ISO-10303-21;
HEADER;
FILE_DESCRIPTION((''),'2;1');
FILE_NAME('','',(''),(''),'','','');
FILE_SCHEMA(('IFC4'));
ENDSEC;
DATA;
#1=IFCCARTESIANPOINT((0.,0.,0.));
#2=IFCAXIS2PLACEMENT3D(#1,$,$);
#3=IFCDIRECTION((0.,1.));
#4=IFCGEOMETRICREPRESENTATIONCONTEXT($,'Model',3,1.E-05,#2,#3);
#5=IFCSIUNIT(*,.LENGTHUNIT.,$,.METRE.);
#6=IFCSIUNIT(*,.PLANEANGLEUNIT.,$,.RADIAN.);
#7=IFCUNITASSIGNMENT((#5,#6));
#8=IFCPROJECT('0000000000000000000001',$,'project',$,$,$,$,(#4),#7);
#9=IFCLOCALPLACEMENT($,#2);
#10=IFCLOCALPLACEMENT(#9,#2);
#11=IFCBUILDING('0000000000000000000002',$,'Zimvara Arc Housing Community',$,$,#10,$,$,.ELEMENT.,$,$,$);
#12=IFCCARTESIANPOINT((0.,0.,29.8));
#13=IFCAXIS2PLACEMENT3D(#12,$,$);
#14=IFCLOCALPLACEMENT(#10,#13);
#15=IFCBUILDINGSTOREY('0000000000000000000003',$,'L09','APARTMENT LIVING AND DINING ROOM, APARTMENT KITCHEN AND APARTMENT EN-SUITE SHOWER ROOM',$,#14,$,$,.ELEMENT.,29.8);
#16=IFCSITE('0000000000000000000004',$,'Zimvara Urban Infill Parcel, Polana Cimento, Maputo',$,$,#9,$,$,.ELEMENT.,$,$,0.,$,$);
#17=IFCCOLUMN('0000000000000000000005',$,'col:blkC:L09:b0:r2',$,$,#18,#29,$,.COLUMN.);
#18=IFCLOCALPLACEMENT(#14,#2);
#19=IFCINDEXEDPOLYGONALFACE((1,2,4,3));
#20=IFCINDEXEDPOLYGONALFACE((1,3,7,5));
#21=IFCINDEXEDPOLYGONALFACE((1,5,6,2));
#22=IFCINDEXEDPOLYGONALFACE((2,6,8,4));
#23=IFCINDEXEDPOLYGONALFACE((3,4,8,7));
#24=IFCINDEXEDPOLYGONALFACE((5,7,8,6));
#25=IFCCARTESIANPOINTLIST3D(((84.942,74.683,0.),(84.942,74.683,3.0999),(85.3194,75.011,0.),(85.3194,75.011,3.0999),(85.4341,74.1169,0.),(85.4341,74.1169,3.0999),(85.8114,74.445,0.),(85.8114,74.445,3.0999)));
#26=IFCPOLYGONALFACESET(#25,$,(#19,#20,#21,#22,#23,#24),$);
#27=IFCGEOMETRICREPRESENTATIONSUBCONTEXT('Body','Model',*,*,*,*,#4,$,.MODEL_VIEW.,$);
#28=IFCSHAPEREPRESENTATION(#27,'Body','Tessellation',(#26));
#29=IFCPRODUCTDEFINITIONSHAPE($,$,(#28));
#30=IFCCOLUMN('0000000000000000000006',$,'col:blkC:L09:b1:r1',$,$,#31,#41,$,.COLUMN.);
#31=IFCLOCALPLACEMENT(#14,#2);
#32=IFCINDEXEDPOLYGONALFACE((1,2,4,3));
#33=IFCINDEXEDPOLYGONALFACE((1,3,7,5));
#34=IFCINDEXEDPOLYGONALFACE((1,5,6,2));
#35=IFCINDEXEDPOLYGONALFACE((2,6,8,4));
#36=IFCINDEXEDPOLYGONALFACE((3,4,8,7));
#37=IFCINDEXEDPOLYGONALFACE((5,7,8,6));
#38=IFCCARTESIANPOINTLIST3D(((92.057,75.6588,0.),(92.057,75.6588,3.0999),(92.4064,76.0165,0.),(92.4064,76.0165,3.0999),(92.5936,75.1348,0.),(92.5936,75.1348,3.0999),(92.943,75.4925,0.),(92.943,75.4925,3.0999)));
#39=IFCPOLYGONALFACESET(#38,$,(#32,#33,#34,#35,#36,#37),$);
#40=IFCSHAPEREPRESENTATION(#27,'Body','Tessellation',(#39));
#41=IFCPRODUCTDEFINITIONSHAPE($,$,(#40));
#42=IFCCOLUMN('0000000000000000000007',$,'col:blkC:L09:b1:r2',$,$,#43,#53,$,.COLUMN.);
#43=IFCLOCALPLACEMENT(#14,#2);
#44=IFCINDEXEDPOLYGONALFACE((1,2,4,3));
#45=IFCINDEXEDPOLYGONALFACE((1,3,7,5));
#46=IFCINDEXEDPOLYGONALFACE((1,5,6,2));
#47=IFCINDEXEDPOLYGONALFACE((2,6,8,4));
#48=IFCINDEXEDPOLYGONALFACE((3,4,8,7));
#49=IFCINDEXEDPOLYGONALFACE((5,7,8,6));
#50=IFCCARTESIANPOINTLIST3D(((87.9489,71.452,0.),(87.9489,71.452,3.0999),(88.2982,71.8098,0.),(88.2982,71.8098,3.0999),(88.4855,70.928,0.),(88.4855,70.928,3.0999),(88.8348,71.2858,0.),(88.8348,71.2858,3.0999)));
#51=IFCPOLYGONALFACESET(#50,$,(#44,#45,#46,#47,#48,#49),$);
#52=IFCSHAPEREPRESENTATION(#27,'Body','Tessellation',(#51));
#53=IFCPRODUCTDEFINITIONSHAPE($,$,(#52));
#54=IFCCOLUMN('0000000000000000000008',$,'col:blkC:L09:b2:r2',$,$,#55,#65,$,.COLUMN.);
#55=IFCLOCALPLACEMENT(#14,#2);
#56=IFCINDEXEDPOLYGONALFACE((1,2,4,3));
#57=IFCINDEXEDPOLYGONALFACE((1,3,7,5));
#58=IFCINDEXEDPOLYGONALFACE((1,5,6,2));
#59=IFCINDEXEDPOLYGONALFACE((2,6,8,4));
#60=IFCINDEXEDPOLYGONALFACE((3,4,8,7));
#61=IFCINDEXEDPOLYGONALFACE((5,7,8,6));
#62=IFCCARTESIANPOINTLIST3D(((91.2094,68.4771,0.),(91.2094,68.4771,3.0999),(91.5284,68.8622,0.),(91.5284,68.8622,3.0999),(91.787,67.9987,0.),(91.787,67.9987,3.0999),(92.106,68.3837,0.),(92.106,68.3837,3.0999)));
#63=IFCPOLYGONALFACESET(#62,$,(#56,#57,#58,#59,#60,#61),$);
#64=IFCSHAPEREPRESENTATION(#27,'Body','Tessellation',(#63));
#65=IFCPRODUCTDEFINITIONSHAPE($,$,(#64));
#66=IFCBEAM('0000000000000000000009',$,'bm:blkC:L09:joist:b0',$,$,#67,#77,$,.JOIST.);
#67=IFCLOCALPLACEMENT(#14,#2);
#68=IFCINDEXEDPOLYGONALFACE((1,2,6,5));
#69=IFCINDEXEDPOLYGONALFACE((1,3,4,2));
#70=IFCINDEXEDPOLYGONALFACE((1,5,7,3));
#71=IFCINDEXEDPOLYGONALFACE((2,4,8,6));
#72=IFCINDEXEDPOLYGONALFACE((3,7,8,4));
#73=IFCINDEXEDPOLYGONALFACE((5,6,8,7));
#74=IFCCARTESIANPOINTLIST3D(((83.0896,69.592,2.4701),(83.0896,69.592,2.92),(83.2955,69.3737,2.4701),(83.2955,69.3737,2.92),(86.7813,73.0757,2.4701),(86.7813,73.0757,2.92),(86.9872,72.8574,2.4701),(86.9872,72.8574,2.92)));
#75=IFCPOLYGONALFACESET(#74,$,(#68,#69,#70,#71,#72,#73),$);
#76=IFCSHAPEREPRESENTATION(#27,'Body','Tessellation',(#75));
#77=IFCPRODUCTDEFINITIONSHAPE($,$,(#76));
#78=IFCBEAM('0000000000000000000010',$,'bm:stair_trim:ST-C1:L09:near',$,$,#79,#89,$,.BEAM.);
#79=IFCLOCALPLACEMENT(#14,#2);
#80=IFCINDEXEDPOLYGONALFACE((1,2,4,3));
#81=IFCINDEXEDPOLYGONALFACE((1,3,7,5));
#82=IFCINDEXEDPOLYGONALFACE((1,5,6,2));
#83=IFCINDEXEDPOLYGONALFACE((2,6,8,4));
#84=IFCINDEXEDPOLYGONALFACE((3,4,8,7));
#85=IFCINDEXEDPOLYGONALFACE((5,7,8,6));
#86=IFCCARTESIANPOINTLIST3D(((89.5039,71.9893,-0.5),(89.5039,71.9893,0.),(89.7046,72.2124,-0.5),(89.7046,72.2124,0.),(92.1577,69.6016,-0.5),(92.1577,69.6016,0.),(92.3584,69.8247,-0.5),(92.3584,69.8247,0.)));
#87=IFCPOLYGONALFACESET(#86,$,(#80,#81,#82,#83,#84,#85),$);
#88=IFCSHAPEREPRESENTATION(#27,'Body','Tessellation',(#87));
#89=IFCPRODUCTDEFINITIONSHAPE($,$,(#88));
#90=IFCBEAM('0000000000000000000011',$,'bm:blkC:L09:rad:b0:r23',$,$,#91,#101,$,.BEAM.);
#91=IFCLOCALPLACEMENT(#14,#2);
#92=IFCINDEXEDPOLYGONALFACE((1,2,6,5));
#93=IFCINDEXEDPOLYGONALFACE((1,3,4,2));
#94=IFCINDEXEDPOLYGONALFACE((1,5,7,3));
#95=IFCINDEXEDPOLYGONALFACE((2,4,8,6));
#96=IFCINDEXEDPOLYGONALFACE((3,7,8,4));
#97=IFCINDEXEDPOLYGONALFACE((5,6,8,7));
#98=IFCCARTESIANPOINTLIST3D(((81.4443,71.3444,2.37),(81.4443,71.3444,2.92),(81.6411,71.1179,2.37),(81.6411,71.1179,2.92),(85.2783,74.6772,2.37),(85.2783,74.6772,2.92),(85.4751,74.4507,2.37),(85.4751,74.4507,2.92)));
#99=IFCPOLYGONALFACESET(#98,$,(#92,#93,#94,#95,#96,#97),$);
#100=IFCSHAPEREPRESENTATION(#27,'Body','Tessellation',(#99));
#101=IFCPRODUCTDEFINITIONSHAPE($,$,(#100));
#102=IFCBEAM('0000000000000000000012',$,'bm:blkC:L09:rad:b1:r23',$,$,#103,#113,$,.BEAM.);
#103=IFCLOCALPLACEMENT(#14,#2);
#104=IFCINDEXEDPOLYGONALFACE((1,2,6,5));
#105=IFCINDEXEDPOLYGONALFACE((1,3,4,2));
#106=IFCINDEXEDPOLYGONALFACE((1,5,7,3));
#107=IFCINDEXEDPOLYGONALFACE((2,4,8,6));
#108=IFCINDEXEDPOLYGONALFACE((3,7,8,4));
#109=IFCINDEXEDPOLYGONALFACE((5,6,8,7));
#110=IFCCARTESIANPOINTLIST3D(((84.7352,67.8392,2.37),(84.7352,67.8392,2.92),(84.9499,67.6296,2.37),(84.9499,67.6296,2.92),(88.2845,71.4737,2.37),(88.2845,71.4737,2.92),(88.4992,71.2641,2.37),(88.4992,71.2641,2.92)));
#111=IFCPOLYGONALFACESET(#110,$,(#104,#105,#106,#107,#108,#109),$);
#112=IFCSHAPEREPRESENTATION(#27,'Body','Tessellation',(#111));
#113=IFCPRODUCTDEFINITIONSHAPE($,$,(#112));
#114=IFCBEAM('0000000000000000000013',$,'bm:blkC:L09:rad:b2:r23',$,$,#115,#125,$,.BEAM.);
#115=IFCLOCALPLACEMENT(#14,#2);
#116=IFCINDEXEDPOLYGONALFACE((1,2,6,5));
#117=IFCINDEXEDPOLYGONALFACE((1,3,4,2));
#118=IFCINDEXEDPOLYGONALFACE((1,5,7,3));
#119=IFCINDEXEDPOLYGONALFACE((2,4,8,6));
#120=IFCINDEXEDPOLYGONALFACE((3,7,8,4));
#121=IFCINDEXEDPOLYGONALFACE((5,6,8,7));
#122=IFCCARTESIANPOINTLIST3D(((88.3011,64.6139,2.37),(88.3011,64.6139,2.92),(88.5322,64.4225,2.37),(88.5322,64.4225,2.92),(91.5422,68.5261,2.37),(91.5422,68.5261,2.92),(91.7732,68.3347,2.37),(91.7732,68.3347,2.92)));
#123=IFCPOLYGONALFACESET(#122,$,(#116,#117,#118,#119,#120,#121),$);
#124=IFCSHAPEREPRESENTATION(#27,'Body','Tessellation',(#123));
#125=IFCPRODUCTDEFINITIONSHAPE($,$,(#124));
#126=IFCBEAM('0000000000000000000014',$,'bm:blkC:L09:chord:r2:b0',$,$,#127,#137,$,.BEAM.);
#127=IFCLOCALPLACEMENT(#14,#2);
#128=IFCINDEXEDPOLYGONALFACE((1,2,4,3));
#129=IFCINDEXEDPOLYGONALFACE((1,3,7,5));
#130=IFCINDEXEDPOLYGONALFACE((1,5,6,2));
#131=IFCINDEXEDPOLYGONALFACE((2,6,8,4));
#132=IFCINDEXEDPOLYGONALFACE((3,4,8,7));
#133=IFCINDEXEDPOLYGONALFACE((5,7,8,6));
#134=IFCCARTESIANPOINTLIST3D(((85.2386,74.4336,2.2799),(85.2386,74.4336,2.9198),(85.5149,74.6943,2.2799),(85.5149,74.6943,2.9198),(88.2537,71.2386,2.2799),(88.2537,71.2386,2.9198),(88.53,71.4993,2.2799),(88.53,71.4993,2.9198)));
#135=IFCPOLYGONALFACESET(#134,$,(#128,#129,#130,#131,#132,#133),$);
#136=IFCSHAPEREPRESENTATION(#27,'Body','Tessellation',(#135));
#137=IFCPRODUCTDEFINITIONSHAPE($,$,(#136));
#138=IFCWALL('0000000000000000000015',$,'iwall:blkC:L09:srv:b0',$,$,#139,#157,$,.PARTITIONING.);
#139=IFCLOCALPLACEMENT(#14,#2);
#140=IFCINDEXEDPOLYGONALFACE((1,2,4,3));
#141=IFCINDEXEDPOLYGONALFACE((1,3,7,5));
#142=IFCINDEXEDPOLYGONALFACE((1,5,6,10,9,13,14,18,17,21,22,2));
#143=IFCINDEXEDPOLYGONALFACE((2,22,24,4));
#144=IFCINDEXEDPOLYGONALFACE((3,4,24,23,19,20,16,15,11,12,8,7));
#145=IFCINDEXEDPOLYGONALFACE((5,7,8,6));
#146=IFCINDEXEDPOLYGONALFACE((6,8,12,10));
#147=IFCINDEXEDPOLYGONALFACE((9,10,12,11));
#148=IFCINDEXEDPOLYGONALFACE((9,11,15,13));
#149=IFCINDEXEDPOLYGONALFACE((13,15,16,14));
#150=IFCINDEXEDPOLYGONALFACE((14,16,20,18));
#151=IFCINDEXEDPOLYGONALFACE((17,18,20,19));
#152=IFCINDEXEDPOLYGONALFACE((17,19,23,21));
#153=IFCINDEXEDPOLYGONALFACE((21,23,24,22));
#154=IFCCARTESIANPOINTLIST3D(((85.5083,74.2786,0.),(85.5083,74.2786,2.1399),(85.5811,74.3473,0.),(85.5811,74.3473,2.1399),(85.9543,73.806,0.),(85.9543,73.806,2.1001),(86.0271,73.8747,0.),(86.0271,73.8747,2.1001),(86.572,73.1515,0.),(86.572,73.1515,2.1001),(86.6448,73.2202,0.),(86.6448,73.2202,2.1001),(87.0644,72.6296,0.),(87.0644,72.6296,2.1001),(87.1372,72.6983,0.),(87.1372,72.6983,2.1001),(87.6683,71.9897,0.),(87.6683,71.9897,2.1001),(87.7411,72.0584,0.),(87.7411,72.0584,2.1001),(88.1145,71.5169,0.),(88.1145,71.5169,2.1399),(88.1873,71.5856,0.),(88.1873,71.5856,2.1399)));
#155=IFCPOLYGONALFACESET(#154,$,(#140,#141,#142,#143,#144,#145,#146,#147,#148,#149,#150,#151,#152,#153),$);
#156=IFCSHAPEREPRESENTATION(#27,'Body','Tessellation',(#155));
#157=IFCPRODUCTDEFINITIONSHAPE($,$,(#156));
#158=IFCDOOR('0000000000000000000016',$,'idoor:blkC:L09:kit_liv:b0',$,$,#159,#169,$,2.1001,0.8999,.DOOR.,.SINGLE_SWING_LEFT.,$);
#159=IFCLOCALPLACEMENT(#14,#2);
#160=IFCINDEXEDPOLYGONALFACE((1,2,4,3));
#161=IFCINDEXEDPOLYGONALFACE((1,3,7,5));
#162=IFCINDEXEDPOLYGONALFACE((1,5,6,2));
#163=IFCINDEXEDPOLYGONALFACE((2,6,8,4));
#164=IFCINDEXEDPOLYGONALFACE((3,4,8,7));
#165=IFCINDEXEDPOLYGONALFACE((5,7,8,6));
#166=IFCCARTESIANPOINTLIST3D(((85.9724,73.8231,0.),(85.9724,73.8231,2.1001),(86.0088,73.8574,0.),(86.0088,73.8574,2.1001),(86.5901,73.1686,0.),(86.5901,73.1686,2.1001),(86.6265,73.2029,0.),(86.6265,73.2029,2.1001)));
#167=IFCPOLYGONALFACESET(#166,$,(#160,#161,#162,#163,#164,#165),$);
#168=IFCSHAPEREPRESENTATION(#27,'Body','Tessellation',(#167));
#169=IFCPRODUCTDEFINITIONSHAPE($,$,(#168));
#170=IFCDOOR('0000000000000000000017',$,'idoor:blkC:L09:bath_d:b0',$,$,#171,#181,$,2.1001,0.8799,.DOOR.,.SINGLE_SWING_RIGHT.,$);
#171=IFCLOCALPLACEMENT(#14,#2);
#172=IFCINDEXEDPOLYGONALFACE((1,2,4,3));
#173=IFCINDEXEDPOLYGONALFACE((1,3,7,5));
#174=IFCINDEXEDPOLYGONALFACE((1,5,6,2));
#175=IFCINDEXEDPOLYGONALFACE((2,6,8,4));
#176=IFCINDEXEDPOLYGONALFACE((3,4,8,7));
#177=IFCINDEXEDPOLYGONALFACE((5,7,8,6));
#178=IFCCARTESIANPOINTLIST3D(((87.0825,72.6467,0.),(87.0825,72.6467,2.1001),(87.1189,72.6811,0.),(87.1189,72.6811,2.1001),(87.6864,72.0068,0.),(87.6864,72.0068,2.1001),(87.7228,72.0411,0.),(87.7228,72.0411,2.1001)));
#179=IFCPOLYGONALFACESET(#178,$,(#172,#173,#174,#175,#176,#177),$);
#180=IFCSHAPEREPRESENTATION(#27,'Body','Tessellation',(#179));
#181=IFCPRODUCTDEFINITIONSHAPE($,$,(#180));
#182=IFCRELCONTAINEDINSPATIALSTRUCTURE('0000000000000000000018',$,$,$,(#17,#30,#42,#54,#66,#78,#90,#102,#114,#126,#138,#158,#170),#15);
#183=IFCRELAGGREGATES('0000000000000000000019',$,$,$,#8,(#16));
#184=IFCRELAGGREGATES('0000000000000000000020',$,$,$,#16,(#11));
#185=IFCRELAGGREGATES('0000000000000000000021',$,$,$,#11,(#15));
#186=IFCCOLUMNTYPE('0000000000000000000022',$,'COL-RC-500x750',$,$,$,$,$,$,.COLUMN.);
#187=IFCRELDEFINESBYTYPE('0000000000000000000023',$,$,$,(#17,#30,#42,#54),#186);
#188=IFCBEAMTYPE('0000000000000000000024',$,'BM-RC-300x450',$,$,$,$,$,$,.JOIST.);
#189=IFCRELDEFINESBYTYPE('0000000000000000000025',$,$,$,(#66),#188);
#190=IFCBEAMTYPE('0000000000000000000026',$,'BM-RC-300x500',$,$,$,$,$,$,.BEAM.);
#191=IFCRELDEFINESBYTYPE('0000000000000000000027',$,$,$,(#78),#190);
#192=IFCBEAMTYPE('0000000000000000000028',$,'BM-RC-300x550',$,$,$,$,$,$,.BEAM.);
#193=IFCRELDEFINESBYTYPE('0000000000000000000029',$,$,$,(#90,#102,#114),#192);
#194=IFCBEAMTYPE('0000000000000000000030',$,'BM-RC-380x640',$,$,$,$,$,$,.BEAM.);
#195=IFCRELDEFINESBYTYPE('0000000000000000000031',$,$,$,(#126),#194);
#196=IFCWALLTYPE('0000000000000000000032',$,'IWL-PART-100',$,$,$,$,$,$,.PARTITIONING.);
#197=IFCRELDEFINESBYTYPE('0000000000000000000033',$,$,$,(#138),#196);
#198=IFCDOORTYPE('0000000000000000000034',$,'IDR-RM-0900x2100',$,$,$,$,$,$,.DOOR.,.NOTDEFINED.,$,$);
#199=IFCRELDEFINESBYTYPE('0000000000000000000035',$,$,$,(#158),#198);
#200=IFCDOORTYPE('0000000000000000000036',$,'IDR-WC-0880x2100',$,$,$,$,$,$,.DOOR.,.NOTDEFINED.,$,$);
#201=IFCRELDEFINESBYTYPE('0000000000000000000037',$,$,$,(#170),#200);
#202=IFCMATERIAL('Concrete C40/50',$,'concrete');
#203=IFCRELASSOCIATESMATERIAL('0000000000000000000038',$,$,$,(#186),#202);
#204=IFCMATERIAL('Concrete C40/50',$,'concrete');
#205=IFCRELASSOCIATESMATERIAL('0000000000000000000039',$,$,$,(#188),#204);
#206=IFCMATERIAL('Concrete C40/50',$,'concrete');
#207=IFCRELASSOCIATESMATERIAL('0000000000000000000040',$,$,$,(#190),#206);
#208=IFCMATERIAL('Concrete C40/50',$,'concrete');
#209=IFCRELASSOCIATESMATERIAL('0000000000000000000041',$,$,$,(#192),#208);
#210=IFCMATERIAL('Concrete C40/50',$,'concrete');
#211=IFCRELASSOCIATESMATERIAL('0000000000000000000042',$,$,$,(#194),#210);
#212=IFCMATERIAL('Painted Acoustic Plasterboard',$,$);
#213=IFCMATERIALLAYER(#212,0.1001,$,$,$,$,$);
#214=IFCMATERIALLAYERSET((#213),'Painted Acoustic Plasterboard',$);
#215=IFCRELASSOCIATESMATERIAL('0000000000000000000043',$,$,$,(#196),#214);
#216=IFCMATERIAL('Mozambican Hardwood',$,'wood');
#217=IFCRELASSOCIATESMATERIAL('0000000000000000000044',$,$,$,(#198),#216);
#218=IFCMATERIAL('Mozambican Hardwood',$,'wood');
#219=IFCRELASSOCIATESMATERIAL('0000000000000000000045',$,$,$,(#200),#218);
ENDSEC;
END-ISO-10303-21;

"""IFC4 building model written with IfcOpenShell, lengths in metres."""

from ifc_helpers import new_model, si_unit, direction, frame, frame_2d, origin, origin_2d, place, context, subcontext, project, spatial, rectangle, extrude, material, layer, layer_set, material_profile, profile_set, type_object, element, fill, save


model = new_model("IFC4")

# Units and contexts
model_context = context("Model", 3, precision=1e-05, world=origin(), true_north=direction((0.0, 1.0)))
body_context = subcontext(model_context, "Body", "Model", "MODEL_VIEW")
ifc_project = project(units=[si_unit("LENGTHUNIT", "METRE"), si_unit("PLANEANGLEUNIT", "RADIAN")], contexts=[model_context])

# Site, building, storey
site_placement = place(None, origin())
site = spatial("IfcSite", under=ifc_project, at=site_placement, Name="Zimvara Urban Infill Parcel, Polana Cimento, Maputo", CompositionType="ELEMENT", RefElevation=0.0)
building_placement = place(site_placement, origin())
building = spatial("IfcBuilding", under=site, at=building_placement, Name="Zimvara Arc Housing Community", CompositionType="ELEMENT")
storey_placement = place(building_placement, frame((0.0, 0.0, 29.8)))
storey = spatial("IfcBuildingStorey", under=building, at=storey_placement, Name="L09", Description="APARTMENT LIVING AND DINING ROOM, APARTMENT KITCHEN AND APARTMENT EN-SUITE SHOWER ROOM", CompositionType="ELEMENT", Elevation=29.8)

# Columns
ifc_material_1 = material(Name="Concrete C40/50", Category="concrete")
ifc_material_profile_1 = material_profile(ifc_material_1, rectangle(XDim=0.5, YDim=0.75, at=origin_2d()), Name="RC 500x750")
ifc_profile_set_1 = profile_set([ifc_material_profile_1], Name="Concrete C40/50")
column_type = type_object("IfcColumnType", Name="COL-RC-500x750", PredefinedType="COLUMN", material=ifc_profile_set_1)
for number, where, z_axis, x_axis, name in (
    (1, (85.3767, 74.564, 0.0), (0.0, 0.0, 1.0), (-0.75471, -0.656059, 0.0), "col:blkC:L09:b0:r2"),
    (2, (92.5, 75.5757, 0.0), (0.0, 0.0, 1.0), (-0.698665, -0.715449, 0.0), "col:blkC:L09:b1:r1"),
    (3, (88.3918, 71.3689, 0.0), (0.0, 0.0, 1.0), (-0.698665, -0.715449, 0.0), "col:blkC:L09:b1:r2"),
    (4, (91.6577, 68.4304, 0.0), (0.0, 0.0, 1.0), (-0.637962, -0.770068, 0.0), "col:blkC:L09:b2:r2"),
):
    element("IfcColumn", number, at=place(storey_placement, frame(where, z_axis=z_axis, x_axis=x_axis)), inside=storey, type_object=column_type, Name=name, PredefinedType="COLUMN", context=body_context, shape_type="SweptSolid", body=[
        extrude(rectangle(XDim=0.5, YDim=0.75, at=origin_2d()), origin(), (0.0, 0.0, 1.0), 3.0999),
    ])

# Beams
ifc_material_2 = material(Name="Concrete C40/50", Category="concrete")
ifc_material_profile_2 = material_profile(ifc_material_2, rectangle(XDim=0.3, YDim=0.45, at=origin_2d()), Name="RC 300x450")
ifc_profile_set_2 = profile_set([ifc_material_profile_2], Name="Concrete C40/50")
beam_type_1 = type_object("IfcBeamType", Name="BM-RC-300x450", PredefinedType="JOIST", material=ifc_profile_set_2)
beam_1_placement = place(storey_placement, frame((86.8843, 72.9666, 2.6951), z_axis=(-0.7273, -0.68632, 0.0), x_axis=(0.68632, -0.7273, 0.0)))
element("IfcBeam", 5, at=beam_1_placement, inside=storey, type_object=beam_type_1, Name="bm:blkC:L09:joist:b0", PredefinedType="JOIST", context=body_context, shape_type="SweptSolid", body=[
    extrude(rectangle(XDim=0.3, YDim=0.45, at=origin_2d()), origin(), (0.0, 0.0, 1.0), 5.0759),
])
ifc_material_3 = material(Name="Concrete C40/50", Category="concrete")
ifc_material_profile_3 = material_profile(ifc_material_3, rectangle(XDim=0.3, YDim=0.5, at=origin_2d()), Name="RC 300x500")
ifc_profile_set_3 = profile_set([ifc_material_profile_3], Name="Concrete C40/50")
beam_type_2 = type_object("IfcBeamType", Name="BM-RC-300x500", PredefinedType="BEAM", material=ifc_profile_set_3)
beam_2_placement = place(storey_placement, frame((89.6042, 72.1008, -0.25), z_axis=(0.743396, -0.668851, 0.0), x_axis=(0.668851, 0.743396, 0.0)))
element("IfcBeam", 6, at=beam_2_placement, inside=storey, type_object=beam_type_2, Name="bm:stair_trim:ST-C1:L09:near", PredefinedType="BEAM", context=body_context, shape_type="SweptSolid", body=[
    extrude(rectangle(XDim=0.3, YDim=0.5, at=origin_2d()), origin(), (0.0, 0.0, 1.0), 3.5698),
])
ifc_material_4 = material(Name="Concrete C40/50", Category="concrete")
ifc_material_profile_4 = material_profile(ifc_material_4, rectangle(XDim=0.3, YDim=0.55, at=origin_2d()), Name="RC 300x550")
ifc_profile_set_4 = profile_set([ifc_material_profile_4], Name="Concrete C40/50")
beam_type_3 = type_object("IfcBeamType", Name="BM-RC-300x550", PredefinedType="BEAM", material=ifc_profile_set_4)
for number, where, z_axis, x_axis, name in (
    (7, (85.3767, 74.564, 2.645), (-0.754716, -0.656051, 0.0), (0.656051, -0.754716, 0.0), "bm:blkC:L09:rad:b0:r23"),
    (8, (88.3918, 71.3689, 2.645), (-0.698671, -0.715443, 0.0), (0.715443, -0.698671, 0.0), "bm:blkC:L09:rad:b1:r23"),
):
    element("IfcBeam", number, at=place(storey_placement, frame(where, z_axis=z_axis, x_axis=x_axis)), inside=storey, type_object=beam_type_3, Name=name, PredefinedType="BEAM", context=body_context, shape_type="SweptSolid", body=[
        extrude(rectangle(XDim=0.3, YDim=0.55, at=origin_2d()), origin(), (0.0, 0.0, 1.0), 5.0801),
    ])
beam_3_placement = place(storey_placement, frame((91.6577, 68.4304, 2.645), z_axis=(-0.63796, -0.770069, 0.0), x_axis=(0.770069, -0.63796, 0.0)))
element("IfcBeam", 9, at=beam_3_placement, inside=storey, type_object=beam_type_3, Name="bm:blkC:L09:rad:b2:r23", PredefinedType="BEAM", context=body_context, shape_type="SweptSolid", body=[
    extrude(rectangle(XDim=0.3, YDim=0.55, at=origin_2d()), origin(), (0.0, 0.0, 1.0), 5.0803),
])
ifc_material_5 = material(Name="Concrete C40/50", Category="concrete")
ifc_material_profile_5 = material_profile(ifc_material_5, rectangle(XDim=0.3799, YDim=0.6399, at=origin_2d()), Name="RC 380x640")
ifc_profile_set_5 = profile_set([ifc_material_profile_5], Name="Concrete C40/50")
beam_type_4 = type_object("IfcBeamType", Name="BM-RC-380x640", PredefinedType="BEAM", material=ifc_profile_set_5)
beam_4_placement = place(storey_placement, frame((85.3767, 74.564, 2.5999), z_axis=(0.686331, -0.727289, 0.0), x_axis=(0.727289, 0.686331, 0.0)))
element("IfcBeam", 10, at=beam_4_placement, inside=storey, type_object=beam_type_4, Name="bm:blkC:L09:chord:r2:b0", PredefinedType="BEAM", context=body_context, shape_type="SweptSolid", body=[
    extrude(rectangle(XDim=0.3799, YDim=0.6399, at=origin_2d()), origin(), (0.0, 0.0, 1.0), 4.3931),
])

# Wall, openings, doors
ifc_material_6 = material(Name="Painted Acoustic Plasterboard")
ifc_layer_1 = layer(ifc_material_6, 0.1001)
ifc_layer_set_1 = layer_set([ifc_layer_1], Name="Painted Acoustic Plasterboard")
wall_type_1 = type_object("IfcWallType", Name="IWL-PART-100", PredefinedType="PARTITIONING", material=ifc_layer_set_1)
wall_1_placement = place(storey_placement, frame((85.5447, 74.313, 0.0), z_axis=(0.0, 0.0, 1.0), x_axis=(0.686333, -0.727288, 0.0)))
wall_1 = element("IfcWall", 11, at=wall_1_placement, inside=storey, type_object=wall_type_1, Name="iwall:blkC:L09:srv:b0", PredefinedType="PARTITIONING", context=body_context, shape_type="SweptSolid", body=[
    extrude(rectangle(XDim=3.7974, YDim=0.1001, at=frame_2d((1.8987, 0.0))), origin(), (0.0, 0.0, 1.0), 2.1399),
])
opening_1_placement = place(wall_1_placement, frame((0.6499, 0.0, 0.0)))
opening_1 = element("IfcOpeningElement", 12, at=opening_1_placement, cuts=wall_1, PredefinedType="OPENING", context=body_context, shape_type="SweptSolid", body=[
    extrude(rectangle(XDim=0.8999, YDim=2.1001, at=frame_2d((0.45, 1.05))), frame((0.0, 0.0601, 0.0), z_axis=(0.0, -1.0, 0.0), x_axis=(1.0, 0.0, 0.0)), (0.0, 0.0, 1.0), 0.1201),
])
opening_2_placement = place(wall_1_placement, frame((2.2673, 0.0, 0.0)))
opening_2 = element("IfcOpeningElement", 13, at=opening_2_placement, cuts=wall_1, PredefinedType="OPENING", context=body_context, shape_type="SweptSolid", body=[
    extrude(rectangle(XDim=0.8799, YDim=2.1001, at=frame_2d((0.4399, 1.05))), frame((0.0, 0.0601, 0.0), z_axis=(0.0, -1.0, 0.0), x_axis=(1.0, 0.0, 0.0)), (0.0, 0.0, 1.0), 0.1201),
])
ifc_material_7 = material(Name="Mozambican Hardwood", Category="wood")
door_type_1 = type_object("IfcDoorType", Name="IDR-RM-0900x2100", OperationType="NOTDEFINED", PredefinedType="DOOR", material=ifc_material_7)
door_1_placement = place(opening_1_placement, origin())
door_1 = element("IfcDoor", 14, at=door_1_placement, inside=storey, type_object=door_type_1, Name="idoor:blkC:L09:kit_liv:b0", OperationType="SINGLE_SWING_LEFT", OverallHeight=2.1001, OverallWidth=0.8999, PredefinedType="DOOR", context=body_context, shape_type="SweptSolid", body=[
    extrude(rectangle(XDim=0.8999, YDim=2.1001, at=frame_2d((0.45, 1.05))), frame((0.0, 0.0249, 0.0), z_axis=(0.0, -1.0, 0.0), x_axis=(1.0, 0.0, 0.0)), (0.0, 0.0, 1.0), 0.05),
])
fill(opening_1, door_1)
ifc_material_8 = material(Name="Mozambican Hardwood", Category="wood")
door_type_2 = type_object("IfcDoorType", Name="IDR-WC-0880x2100", OperationType="NOTDEFINED", PredefinedType="DOOR", material=ifc_material_8)
door_2_placement = place(opening_2_placement, origin())
door_2 = element("IfcDoor", 15, at=door_2_placement, inside=storey, type_object=door_type_2, Name="idoor:blkC:L09:bath_d:b0", OperationType="SINGLE_SWING_RIGHT", OverallHeight=2.1001, OverallWidth=0.8799, PredefinedType="DOOR", context=body_context, shape_type="SweptSolid", body=[
    extrude(rectangle(XDim=0.8799, YDim=2.1001, at=frame_2d((0.4399, 1.05))), frame((0.0, 0.0249, 0.0), z_axis=(0.0, -1.0, 0.0), x_axis=(1.0, 0.0, 0.0)), (0.0, 0.0, 1.0), 0.05),
])
fill(opening_2, door_2)

save(model, "model.ifc")
